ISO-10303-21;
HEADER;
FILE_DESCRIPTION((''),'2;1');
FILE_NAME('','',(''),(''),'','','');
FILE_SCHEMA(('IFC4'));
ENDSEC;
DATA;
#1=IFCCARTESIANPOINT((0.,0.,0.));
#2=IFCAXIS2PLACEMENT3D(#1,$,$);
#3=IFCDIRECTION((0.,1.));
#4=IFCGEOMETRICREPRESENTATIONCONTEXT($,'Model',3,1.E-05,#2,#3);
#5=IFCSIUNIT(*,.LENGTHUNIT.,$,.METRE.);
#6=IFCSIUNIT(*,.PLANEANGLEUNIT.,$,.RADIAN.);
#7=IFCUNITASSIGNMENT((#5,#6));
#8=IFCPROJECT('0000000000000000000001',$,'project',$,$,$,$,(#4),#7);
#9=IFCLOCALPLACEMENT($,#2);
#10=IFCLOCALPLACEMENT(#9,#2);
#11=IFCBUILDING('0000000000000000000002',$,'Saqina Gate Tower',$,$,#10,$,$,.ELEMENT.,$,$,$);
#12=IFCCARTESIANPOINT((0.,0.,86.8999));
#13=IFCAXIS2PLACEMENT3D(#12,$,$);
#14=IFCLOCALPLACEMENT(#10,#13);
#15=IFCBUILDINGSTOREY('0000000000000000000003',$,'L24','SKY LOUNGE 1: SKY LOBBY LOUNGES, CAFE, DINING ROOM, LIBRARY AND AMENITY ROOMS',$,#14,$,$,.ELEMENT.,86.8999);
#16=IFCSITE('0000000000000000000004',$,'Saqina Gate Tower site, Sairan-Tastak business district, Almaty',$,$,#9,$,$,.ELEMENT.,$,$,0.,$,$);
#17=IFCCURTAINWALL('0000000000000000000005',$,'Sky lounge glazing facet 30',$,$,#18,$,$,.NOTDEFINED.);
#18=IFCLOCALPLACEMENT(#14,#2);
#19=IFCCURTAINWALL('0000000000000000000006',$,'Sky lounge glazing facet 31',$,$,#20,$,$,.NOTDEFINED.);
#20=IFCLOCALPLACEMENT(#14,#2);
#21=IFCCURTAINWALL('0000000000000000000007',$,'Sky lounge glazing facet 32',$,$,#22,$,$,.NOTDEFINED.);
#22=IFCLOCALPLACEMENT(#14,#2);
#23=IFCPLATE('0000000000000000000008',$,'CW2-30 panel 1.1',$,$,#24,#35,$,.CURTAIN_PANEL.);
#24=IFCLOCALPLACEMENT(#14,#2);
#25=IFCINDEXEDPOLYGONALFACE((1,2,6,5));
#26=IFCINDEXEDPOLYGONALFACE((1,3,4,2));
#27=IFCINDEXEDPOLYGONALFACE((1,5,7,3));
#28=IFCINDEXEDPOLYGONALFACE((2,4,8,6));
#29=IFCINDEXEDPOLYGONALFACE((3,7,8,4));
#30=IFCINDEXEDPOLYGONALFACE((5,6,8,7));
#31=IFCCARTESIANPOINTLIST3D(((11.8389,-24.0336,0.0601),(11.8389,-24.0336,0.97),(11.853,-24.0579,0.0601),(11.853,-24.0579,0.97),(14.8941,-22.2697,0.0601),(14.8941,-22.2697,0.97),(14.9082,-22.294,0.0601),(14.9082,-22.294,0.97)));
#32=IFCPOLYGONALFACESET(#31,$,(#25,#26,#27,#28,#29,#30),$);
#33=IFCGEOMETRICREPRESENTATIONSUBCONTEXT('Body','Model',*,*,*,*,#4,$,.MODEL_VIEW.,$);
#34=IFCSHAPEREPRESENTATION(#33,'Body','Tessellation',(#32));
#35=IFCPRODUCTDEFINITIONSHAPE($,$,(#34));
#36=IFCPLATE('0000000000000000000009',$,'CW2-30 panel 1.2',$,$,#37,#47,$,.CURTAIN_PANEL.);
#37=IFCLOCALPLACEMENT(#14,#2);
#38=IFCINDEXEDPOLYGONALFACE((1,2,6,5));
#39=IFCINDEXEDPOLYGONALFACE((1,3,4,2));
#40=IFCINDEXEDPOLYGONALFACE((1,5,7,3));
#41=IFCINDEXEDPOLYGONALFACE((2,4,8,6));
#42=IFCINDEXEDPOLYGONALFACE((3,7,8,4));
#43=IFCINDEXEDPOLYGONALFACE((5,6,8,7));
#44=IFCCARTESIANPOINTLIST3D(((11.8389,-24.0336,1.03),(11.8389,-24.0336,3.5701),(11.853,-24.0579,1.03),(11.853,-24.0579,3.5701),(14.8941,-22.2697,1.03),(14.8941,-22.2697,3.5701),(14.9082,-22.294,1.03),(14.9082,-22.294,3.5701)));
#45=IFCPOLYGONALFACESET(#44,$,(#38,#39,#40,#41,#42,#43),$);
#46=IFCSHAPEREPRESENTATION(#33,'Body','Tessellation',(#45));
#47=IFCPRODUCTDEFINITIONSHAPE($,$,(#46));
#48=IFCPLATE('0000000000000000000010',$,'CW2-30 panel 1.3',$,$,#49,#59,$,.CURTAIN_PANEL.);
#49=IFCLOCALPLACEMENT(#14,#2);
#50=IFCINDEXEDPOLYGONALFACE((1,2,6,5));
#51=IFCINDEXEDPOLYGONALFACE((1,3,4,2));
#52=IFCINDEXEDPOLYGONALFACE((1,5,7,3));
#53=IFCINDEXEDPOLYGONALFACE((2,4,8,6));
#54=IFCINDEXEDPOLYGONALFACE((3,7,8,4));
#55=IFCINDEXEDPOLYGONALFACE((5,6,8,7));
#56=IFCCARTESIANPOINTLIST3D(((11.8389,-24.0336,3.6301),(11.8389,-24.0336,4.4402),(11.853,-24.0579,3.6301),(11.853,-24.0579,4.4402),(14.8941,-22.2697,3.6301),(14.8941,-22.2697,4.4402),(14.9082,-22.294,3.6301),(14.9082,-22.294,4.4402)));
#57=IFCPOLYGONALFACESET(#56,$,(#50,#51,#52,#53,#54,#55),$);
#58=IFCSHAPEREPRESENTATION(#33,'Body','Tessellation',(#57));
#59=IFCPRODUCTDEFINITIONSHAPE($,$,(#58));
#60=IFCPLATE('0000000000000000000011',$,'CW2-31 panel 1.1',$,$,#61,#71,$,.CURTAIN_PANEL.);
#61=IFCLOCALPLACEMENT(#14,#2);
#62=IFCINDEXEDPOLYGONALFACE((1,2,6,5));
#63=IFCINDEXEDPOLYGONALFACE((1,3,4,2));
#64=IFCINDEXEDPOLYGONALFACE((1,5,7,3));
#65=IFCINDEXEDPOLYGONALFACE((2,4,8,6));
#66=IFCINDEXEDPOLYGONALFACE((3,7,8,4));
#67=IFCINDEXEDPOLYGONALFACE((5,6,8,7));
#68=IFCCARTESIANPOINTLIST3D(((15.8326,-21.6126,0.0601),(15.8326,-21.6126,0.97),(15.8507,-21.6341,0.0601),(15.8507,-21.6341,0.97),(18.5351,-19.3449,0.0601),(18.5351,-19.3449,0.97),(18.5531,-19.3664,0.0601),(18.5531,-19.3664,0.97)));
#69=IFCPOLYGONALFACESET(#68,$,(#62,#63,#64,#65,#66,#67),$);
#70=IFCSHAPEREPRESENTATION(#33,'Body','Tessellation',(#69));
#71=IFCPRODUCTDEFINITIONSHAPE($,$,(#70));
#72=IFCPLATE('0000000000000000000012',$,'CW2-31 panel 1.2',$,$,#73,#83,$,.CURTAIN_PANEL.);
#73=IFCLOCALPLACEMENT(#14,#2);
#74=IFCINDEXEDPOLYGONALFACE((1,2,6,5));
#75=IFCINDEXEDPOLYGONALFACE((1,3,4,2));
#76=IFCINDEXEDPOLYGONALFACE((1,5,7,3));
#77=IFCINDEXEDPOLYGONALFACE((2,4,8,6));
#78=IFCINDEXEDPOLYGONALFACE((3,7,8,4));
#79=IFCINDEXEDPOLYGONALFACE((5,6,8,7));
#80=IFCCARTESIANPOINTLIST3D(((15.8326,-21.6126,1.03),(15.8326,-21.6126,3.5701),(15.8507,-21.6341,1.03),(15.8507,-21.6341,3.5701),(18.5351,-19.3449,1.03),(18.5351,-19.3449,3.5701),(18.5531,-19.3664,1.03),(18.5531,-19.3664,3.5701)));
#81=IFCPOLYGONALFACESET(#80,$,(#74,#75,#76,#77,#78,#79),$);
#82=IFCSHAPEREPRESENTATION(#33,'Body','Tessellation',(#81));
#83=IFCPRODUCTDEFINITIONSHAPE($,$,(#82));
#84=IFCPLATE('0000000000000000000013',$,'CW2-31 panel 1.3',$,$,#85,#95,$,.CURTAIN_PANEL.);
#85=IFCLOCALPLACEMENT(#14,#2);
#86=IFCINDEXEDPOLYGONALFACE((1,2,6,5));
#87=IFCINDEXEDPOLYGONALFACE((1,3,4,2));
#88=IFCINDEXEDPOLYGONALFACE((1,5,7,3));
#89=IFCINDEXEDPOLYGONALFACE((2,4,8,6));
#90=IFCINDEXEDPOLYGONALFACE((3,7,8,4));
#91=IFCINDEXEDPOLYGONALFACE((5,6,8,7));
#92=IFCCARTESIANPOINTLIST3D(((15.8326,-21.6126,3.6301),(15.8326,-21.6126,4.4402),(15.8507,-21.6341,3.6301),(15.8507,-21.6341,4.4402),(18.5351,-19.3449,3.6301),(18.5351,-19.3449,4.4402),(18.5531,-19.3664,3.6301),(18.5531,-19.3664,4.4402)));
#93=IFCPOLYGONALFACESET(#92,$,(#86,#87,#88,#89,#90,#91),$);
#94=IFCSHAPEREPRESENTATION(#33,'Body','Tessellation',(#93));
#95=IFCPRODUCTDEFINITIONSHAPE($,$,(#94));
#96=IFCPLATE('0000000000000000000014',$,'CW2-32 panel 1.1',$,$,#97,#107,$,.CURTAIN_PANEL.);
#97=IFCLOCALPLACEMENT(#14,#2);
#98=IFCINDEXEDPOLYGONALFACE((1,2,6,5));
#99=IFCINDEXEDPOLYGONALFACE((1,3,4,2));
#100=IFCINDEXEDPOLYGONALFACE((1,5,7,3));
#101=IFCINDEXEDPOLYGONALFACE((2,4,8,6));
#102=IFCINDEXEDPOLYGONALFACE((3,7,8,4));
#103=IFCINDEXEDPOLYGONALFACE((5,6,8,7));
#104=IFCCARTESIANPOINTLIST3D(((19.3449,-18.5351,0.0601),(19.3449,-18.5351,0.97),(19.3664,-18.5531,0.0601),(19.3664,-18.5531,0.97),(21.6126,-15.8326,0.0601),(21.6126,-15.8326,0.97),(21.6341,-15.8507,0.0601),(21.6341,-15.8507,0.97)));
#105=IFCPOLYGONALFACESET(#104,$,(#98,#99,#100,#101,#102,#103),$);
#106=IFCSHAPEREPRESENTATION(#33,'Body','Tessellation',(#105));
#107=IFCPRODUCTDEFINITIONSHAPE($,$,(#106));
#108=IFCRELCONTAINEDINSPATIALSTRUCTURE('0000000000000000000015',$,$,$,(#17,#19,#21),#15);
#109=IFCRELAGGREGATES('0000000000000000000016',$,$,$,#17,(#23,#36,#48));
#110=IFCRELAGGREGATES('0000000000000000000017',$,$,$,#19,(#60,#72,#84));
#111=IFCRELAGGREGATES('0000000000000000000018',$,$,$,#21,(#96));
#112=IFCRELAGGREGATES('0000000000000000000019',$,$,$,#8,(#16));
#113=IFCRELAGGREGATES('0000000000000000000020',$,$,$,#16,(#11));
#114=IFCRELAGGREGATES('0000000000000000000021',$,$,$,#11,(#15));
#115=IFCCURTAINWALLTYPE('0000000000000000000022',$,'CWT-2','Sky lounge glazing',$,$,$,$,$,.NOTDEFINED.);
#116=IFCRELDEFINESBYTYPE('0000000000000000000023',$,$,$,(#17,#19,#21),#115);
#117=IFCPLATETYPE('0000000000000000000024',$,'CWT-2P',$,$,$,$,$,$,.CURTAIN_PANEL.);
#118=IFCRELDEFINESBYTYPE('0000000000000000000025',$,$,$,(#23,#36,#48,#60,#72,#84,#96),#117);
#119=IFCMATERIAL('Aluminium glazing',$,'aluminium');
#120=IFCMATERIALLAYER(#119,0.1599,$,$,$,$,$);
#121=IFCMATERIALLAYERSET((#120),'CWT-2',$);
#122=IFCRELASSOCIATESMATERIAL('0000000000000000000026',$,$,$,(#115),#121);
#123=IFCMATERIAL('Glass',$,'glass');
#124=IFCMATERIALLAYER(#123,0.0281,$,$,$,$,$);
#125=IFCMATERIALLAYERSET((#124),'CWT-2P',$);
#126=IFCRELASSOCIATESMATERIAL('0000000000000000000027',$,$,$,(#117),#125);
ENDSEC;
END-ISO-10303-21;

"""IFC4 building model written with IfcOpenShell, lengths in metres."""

from ifc_helpers import new_model, si_unit, direction, frame, origin, origin_2d, place, context, subcontext, project, spatial, rectangle, extrude, material, layer, layer_set, type_object, element, aggregate, save


model = new_model("IFC4")

# Units and contexts
model_context = context("Model", 3, precision=1e-05, world=origin(), true_north=direction((0.0, 1.0)))
body_context = subcontext(model_context, "Body", "Model", "MODEL_VIEW")
ifc_project = project(units=[si_unit("LENGTHUNIT", "METRE"), si_unit("PLANEANGLEUNIT", "RADIAN")], contexts=[model_context])

# Site, building, storey
site_placement = place(None, origin())
site = spatial("IfcSite", under=ifc_project, at=site_placement, Name="Saqina Gate Tower site, Sairan-Tastak business district, Almaty", CompositionType="ELEMENT", RefElevation=0.0)
building_placement = place(site_placement, origin())
building = spatial("IfcBuilding", under=site, at=building_placement, Name="Saqina Gate Tower", CompositionType="ELEMENT")
storey_placement = place(building_placement, frame((0.0, 0.0, 86.8999)))
storey = spatial("IfcBuildingStorey", under=building, at=storey_placement, Name="L24", Description="SKY LOUNGE 1: SKY LOBBY LOUNGES, CAFE, DINING ROOM, LIBRARY AND AMENITY ROOMS", CompositionType="ELEMENT", Elevation=86.8999)

# Curtain wall
ifc_material_1 = material(Name="Aluminium glazing", Category="aluminium")
ifc_layer_1 = layer(ifc_material_1, 0.1599)
ifc_layer_set_1 = layer_set([ifc_layer_1], Name="CWT-2")
curtain_wall_type = type_object("IfcCurtainWallType", Name="CWT-2", Description="Sky lounge glazing", PredefinedType="NOTDEFINED", material=ifc_layer_set_1)
curtain_wall_1_placement = place(storey_placement, origin())
curtain_wall_1 = element("IfcCurtainWall", 1, at=curtain_wall_1_placement, inside=storey, type_object=curtain_wall_type, Name="Sky lounge glazing facet 30", PredefinedType="NOTDEFINED")

# Curtain wall
curtain_wall_2_placement = place(storey_placement, origin())
curtain_wall_2 = element("IfcCurtainWall", 2, at=curtain_wall_2_placement, inside=storey, type_object=curtain_wall_type, Name="Sky lounge glazing facet 31", PredefinedType="NOTDEFINED")

# Curtain wall
curtain_wall_3_placement = place(storey_placement, origin())
curtain_wall_3 = element("IfcCurtainWall", 3, at=curtain_wall_3_placement, inside=storey, type_object=curtain_wall_type, Name="Sky lounge glazing facet 32", PredefinedType="NOTDEFINED")

# Plates
ifc_material_2 = material(Name="Glass", Category="glass")
ifc_layer_2 = layer(ifc_material_2, 0.0281)
ifc_layer_set_2 = layer_set([ifc_layer_2], Name="CWT-2P")
plate_type = type_object("IfcPlateType", Name="CWT-2P", PredefinedType="CURTAIN_PANEL", material=ifc_layer_set_2)
plate_1_placement = place(storey_placement, frame((13.3735, -23.1638, 0.0601), z_axis=(0.0, 0.0, 1.0), x_axis=(0.866026, 0.499999, 0.0)))
plate_1 = element("IfcPlate", 4, at=plate_1_placement, type_object=plate_type, Name="CW2-30 panel 1.1", PredefinedType="CURTAIN_PANEL", context=body_context, shape_type="SweptSolid", body=[
    extrude(rectangle(XDim=3.5278, YDim=0.0281, at=origin_2d()), origin(), (0.0, 0.0, 1.0), 0.9099),
])
plate_2_placement = place(storey_placement, frame((13.3735, -23.1638, 1.03), z_axis=(0.0, 0.0, 1.0), x_axis=(0.866026, 0.499999, 0.0)))
plate_2 = element("IfcPlate", 5, at=plate_2_placement, type_object=plate_type, Name="CW2-30 panel 1.2", PredefinedType="CURTAIN_PANEL", context=body_context, shape_type="SweptSolid", body=[
    extrude(rectangle(XDim=3.5278, YDim=0.0281, at=origin_2d()), origin(), (0.0, 0.0, 1.0), 2.54),
])
plate_3_placement = place(storey_placement, frame((13.3735, -23.1638, 3.6301), z_axis=(0.0, 0.0, 1.0), x_axis=(0.866026, 0.499999, 0.0)))
plate_3 = element("IfcPlate", 6, at=plate_3_placement, type_object=plate_type, Name="CW2-30 panel 1.3", PredefinedType="CURTAIN_PANEL", context=body_context, shape_type="SweptSolid", body=[
    extrude(rectangle(XDim=3.5278, YDim=0.0281, at=origin_2d()), origin(), (0.0, 0.0, 1.0), 0.8101),
])
aggregate(curtain_wall_1, [plate_1, plate_2, plate_3])
plate_4_placement = place(storey_placement, frame((17.1929, -20.4895, 0.0601), z_axis=(0.0, 0.0, 1.0), x_axis=(0.766042, 0.642791, 0.0)))
plate_4 = element("IfcPlate", 7, at=plate_4_placement, type_object=plate_type, Name="CW2-31 panel 1.1", PredefinedType="CURTAIN_PANEL", context=body_context, shape_type="SweptSolid", body=[
    extrude(rectangle(XDim=3.5278, YDim=0.0281, at=origin_2d()), origin(), (0.0, 0.0, 1.0), 0.9099),
])
plate_5_placement = place(storey_placement, frame((17.1929, -20.4895, 1.03), z_axis=(0.0, 0.0, 1.0), x_axis=(0.766042, 0.642791, 0.0)))
plate_5 = element("IfcPlate", 8, at=plate_5_placement, type_object=plate_type, Name="CW2-31 panel 1.2", PredefinedType="CURTAIN_PANEL", context=body_context, shape_type="SweptSolid", body=[
    extrude(rectangle(XDim=3.5278, YDim=0.0281, at=origin_2d()), origin(), (0.0, 0.0, 1.0), 2.54),
])
plate_6_placement = place(storey_placement, frame((17.1929, -20.4895, 3.6301), z_axis=(0.0, 0.0, 1.0), x_axis=(0.766042, 0.642791, 0.0)))
plate_6 = element("IfcPlate", 9, at=plate_6_placement, type_object=plate_type, Name="CW2-31 panel 1.3", PredefinedType="CURTAIN_PANEL", context=body_context, shape_type="SweptSolid", body=[
    extrude(rectangle(XDim=3.5278, YDim=0.0281, at=origin_2d()), origin(), (0.0, 0.0, 1.0), 0.8101),
])
aggregate(curtain_wall_2, [plate_4, plate_5, plate_6])
plate_7_placement = place(storey_placement, frame((20.4895, -17.1929, 0.0601), z_axis=(0.0, 0.0, 1.0), x_axis=(0.642791, 0.766042, 0.0)))
plate_7 = element("IfcPlate", 10, at=plate_7_placement, type_object=plate_type, Name="CW2-32 panel 1.1", PredefinedType="CURTAIN_PANEL", context=body_context, shape_type="SweptSolid", body=[
    extrude(rectangle(XDim=3.5278, YDim=0.0281, at=origin_2d()), origin(), (0.0, 0.0, 1.0), 0.9099),
])
aggregate(curtain_wall_3, [plate_7])

save(model, "model.ifc")
